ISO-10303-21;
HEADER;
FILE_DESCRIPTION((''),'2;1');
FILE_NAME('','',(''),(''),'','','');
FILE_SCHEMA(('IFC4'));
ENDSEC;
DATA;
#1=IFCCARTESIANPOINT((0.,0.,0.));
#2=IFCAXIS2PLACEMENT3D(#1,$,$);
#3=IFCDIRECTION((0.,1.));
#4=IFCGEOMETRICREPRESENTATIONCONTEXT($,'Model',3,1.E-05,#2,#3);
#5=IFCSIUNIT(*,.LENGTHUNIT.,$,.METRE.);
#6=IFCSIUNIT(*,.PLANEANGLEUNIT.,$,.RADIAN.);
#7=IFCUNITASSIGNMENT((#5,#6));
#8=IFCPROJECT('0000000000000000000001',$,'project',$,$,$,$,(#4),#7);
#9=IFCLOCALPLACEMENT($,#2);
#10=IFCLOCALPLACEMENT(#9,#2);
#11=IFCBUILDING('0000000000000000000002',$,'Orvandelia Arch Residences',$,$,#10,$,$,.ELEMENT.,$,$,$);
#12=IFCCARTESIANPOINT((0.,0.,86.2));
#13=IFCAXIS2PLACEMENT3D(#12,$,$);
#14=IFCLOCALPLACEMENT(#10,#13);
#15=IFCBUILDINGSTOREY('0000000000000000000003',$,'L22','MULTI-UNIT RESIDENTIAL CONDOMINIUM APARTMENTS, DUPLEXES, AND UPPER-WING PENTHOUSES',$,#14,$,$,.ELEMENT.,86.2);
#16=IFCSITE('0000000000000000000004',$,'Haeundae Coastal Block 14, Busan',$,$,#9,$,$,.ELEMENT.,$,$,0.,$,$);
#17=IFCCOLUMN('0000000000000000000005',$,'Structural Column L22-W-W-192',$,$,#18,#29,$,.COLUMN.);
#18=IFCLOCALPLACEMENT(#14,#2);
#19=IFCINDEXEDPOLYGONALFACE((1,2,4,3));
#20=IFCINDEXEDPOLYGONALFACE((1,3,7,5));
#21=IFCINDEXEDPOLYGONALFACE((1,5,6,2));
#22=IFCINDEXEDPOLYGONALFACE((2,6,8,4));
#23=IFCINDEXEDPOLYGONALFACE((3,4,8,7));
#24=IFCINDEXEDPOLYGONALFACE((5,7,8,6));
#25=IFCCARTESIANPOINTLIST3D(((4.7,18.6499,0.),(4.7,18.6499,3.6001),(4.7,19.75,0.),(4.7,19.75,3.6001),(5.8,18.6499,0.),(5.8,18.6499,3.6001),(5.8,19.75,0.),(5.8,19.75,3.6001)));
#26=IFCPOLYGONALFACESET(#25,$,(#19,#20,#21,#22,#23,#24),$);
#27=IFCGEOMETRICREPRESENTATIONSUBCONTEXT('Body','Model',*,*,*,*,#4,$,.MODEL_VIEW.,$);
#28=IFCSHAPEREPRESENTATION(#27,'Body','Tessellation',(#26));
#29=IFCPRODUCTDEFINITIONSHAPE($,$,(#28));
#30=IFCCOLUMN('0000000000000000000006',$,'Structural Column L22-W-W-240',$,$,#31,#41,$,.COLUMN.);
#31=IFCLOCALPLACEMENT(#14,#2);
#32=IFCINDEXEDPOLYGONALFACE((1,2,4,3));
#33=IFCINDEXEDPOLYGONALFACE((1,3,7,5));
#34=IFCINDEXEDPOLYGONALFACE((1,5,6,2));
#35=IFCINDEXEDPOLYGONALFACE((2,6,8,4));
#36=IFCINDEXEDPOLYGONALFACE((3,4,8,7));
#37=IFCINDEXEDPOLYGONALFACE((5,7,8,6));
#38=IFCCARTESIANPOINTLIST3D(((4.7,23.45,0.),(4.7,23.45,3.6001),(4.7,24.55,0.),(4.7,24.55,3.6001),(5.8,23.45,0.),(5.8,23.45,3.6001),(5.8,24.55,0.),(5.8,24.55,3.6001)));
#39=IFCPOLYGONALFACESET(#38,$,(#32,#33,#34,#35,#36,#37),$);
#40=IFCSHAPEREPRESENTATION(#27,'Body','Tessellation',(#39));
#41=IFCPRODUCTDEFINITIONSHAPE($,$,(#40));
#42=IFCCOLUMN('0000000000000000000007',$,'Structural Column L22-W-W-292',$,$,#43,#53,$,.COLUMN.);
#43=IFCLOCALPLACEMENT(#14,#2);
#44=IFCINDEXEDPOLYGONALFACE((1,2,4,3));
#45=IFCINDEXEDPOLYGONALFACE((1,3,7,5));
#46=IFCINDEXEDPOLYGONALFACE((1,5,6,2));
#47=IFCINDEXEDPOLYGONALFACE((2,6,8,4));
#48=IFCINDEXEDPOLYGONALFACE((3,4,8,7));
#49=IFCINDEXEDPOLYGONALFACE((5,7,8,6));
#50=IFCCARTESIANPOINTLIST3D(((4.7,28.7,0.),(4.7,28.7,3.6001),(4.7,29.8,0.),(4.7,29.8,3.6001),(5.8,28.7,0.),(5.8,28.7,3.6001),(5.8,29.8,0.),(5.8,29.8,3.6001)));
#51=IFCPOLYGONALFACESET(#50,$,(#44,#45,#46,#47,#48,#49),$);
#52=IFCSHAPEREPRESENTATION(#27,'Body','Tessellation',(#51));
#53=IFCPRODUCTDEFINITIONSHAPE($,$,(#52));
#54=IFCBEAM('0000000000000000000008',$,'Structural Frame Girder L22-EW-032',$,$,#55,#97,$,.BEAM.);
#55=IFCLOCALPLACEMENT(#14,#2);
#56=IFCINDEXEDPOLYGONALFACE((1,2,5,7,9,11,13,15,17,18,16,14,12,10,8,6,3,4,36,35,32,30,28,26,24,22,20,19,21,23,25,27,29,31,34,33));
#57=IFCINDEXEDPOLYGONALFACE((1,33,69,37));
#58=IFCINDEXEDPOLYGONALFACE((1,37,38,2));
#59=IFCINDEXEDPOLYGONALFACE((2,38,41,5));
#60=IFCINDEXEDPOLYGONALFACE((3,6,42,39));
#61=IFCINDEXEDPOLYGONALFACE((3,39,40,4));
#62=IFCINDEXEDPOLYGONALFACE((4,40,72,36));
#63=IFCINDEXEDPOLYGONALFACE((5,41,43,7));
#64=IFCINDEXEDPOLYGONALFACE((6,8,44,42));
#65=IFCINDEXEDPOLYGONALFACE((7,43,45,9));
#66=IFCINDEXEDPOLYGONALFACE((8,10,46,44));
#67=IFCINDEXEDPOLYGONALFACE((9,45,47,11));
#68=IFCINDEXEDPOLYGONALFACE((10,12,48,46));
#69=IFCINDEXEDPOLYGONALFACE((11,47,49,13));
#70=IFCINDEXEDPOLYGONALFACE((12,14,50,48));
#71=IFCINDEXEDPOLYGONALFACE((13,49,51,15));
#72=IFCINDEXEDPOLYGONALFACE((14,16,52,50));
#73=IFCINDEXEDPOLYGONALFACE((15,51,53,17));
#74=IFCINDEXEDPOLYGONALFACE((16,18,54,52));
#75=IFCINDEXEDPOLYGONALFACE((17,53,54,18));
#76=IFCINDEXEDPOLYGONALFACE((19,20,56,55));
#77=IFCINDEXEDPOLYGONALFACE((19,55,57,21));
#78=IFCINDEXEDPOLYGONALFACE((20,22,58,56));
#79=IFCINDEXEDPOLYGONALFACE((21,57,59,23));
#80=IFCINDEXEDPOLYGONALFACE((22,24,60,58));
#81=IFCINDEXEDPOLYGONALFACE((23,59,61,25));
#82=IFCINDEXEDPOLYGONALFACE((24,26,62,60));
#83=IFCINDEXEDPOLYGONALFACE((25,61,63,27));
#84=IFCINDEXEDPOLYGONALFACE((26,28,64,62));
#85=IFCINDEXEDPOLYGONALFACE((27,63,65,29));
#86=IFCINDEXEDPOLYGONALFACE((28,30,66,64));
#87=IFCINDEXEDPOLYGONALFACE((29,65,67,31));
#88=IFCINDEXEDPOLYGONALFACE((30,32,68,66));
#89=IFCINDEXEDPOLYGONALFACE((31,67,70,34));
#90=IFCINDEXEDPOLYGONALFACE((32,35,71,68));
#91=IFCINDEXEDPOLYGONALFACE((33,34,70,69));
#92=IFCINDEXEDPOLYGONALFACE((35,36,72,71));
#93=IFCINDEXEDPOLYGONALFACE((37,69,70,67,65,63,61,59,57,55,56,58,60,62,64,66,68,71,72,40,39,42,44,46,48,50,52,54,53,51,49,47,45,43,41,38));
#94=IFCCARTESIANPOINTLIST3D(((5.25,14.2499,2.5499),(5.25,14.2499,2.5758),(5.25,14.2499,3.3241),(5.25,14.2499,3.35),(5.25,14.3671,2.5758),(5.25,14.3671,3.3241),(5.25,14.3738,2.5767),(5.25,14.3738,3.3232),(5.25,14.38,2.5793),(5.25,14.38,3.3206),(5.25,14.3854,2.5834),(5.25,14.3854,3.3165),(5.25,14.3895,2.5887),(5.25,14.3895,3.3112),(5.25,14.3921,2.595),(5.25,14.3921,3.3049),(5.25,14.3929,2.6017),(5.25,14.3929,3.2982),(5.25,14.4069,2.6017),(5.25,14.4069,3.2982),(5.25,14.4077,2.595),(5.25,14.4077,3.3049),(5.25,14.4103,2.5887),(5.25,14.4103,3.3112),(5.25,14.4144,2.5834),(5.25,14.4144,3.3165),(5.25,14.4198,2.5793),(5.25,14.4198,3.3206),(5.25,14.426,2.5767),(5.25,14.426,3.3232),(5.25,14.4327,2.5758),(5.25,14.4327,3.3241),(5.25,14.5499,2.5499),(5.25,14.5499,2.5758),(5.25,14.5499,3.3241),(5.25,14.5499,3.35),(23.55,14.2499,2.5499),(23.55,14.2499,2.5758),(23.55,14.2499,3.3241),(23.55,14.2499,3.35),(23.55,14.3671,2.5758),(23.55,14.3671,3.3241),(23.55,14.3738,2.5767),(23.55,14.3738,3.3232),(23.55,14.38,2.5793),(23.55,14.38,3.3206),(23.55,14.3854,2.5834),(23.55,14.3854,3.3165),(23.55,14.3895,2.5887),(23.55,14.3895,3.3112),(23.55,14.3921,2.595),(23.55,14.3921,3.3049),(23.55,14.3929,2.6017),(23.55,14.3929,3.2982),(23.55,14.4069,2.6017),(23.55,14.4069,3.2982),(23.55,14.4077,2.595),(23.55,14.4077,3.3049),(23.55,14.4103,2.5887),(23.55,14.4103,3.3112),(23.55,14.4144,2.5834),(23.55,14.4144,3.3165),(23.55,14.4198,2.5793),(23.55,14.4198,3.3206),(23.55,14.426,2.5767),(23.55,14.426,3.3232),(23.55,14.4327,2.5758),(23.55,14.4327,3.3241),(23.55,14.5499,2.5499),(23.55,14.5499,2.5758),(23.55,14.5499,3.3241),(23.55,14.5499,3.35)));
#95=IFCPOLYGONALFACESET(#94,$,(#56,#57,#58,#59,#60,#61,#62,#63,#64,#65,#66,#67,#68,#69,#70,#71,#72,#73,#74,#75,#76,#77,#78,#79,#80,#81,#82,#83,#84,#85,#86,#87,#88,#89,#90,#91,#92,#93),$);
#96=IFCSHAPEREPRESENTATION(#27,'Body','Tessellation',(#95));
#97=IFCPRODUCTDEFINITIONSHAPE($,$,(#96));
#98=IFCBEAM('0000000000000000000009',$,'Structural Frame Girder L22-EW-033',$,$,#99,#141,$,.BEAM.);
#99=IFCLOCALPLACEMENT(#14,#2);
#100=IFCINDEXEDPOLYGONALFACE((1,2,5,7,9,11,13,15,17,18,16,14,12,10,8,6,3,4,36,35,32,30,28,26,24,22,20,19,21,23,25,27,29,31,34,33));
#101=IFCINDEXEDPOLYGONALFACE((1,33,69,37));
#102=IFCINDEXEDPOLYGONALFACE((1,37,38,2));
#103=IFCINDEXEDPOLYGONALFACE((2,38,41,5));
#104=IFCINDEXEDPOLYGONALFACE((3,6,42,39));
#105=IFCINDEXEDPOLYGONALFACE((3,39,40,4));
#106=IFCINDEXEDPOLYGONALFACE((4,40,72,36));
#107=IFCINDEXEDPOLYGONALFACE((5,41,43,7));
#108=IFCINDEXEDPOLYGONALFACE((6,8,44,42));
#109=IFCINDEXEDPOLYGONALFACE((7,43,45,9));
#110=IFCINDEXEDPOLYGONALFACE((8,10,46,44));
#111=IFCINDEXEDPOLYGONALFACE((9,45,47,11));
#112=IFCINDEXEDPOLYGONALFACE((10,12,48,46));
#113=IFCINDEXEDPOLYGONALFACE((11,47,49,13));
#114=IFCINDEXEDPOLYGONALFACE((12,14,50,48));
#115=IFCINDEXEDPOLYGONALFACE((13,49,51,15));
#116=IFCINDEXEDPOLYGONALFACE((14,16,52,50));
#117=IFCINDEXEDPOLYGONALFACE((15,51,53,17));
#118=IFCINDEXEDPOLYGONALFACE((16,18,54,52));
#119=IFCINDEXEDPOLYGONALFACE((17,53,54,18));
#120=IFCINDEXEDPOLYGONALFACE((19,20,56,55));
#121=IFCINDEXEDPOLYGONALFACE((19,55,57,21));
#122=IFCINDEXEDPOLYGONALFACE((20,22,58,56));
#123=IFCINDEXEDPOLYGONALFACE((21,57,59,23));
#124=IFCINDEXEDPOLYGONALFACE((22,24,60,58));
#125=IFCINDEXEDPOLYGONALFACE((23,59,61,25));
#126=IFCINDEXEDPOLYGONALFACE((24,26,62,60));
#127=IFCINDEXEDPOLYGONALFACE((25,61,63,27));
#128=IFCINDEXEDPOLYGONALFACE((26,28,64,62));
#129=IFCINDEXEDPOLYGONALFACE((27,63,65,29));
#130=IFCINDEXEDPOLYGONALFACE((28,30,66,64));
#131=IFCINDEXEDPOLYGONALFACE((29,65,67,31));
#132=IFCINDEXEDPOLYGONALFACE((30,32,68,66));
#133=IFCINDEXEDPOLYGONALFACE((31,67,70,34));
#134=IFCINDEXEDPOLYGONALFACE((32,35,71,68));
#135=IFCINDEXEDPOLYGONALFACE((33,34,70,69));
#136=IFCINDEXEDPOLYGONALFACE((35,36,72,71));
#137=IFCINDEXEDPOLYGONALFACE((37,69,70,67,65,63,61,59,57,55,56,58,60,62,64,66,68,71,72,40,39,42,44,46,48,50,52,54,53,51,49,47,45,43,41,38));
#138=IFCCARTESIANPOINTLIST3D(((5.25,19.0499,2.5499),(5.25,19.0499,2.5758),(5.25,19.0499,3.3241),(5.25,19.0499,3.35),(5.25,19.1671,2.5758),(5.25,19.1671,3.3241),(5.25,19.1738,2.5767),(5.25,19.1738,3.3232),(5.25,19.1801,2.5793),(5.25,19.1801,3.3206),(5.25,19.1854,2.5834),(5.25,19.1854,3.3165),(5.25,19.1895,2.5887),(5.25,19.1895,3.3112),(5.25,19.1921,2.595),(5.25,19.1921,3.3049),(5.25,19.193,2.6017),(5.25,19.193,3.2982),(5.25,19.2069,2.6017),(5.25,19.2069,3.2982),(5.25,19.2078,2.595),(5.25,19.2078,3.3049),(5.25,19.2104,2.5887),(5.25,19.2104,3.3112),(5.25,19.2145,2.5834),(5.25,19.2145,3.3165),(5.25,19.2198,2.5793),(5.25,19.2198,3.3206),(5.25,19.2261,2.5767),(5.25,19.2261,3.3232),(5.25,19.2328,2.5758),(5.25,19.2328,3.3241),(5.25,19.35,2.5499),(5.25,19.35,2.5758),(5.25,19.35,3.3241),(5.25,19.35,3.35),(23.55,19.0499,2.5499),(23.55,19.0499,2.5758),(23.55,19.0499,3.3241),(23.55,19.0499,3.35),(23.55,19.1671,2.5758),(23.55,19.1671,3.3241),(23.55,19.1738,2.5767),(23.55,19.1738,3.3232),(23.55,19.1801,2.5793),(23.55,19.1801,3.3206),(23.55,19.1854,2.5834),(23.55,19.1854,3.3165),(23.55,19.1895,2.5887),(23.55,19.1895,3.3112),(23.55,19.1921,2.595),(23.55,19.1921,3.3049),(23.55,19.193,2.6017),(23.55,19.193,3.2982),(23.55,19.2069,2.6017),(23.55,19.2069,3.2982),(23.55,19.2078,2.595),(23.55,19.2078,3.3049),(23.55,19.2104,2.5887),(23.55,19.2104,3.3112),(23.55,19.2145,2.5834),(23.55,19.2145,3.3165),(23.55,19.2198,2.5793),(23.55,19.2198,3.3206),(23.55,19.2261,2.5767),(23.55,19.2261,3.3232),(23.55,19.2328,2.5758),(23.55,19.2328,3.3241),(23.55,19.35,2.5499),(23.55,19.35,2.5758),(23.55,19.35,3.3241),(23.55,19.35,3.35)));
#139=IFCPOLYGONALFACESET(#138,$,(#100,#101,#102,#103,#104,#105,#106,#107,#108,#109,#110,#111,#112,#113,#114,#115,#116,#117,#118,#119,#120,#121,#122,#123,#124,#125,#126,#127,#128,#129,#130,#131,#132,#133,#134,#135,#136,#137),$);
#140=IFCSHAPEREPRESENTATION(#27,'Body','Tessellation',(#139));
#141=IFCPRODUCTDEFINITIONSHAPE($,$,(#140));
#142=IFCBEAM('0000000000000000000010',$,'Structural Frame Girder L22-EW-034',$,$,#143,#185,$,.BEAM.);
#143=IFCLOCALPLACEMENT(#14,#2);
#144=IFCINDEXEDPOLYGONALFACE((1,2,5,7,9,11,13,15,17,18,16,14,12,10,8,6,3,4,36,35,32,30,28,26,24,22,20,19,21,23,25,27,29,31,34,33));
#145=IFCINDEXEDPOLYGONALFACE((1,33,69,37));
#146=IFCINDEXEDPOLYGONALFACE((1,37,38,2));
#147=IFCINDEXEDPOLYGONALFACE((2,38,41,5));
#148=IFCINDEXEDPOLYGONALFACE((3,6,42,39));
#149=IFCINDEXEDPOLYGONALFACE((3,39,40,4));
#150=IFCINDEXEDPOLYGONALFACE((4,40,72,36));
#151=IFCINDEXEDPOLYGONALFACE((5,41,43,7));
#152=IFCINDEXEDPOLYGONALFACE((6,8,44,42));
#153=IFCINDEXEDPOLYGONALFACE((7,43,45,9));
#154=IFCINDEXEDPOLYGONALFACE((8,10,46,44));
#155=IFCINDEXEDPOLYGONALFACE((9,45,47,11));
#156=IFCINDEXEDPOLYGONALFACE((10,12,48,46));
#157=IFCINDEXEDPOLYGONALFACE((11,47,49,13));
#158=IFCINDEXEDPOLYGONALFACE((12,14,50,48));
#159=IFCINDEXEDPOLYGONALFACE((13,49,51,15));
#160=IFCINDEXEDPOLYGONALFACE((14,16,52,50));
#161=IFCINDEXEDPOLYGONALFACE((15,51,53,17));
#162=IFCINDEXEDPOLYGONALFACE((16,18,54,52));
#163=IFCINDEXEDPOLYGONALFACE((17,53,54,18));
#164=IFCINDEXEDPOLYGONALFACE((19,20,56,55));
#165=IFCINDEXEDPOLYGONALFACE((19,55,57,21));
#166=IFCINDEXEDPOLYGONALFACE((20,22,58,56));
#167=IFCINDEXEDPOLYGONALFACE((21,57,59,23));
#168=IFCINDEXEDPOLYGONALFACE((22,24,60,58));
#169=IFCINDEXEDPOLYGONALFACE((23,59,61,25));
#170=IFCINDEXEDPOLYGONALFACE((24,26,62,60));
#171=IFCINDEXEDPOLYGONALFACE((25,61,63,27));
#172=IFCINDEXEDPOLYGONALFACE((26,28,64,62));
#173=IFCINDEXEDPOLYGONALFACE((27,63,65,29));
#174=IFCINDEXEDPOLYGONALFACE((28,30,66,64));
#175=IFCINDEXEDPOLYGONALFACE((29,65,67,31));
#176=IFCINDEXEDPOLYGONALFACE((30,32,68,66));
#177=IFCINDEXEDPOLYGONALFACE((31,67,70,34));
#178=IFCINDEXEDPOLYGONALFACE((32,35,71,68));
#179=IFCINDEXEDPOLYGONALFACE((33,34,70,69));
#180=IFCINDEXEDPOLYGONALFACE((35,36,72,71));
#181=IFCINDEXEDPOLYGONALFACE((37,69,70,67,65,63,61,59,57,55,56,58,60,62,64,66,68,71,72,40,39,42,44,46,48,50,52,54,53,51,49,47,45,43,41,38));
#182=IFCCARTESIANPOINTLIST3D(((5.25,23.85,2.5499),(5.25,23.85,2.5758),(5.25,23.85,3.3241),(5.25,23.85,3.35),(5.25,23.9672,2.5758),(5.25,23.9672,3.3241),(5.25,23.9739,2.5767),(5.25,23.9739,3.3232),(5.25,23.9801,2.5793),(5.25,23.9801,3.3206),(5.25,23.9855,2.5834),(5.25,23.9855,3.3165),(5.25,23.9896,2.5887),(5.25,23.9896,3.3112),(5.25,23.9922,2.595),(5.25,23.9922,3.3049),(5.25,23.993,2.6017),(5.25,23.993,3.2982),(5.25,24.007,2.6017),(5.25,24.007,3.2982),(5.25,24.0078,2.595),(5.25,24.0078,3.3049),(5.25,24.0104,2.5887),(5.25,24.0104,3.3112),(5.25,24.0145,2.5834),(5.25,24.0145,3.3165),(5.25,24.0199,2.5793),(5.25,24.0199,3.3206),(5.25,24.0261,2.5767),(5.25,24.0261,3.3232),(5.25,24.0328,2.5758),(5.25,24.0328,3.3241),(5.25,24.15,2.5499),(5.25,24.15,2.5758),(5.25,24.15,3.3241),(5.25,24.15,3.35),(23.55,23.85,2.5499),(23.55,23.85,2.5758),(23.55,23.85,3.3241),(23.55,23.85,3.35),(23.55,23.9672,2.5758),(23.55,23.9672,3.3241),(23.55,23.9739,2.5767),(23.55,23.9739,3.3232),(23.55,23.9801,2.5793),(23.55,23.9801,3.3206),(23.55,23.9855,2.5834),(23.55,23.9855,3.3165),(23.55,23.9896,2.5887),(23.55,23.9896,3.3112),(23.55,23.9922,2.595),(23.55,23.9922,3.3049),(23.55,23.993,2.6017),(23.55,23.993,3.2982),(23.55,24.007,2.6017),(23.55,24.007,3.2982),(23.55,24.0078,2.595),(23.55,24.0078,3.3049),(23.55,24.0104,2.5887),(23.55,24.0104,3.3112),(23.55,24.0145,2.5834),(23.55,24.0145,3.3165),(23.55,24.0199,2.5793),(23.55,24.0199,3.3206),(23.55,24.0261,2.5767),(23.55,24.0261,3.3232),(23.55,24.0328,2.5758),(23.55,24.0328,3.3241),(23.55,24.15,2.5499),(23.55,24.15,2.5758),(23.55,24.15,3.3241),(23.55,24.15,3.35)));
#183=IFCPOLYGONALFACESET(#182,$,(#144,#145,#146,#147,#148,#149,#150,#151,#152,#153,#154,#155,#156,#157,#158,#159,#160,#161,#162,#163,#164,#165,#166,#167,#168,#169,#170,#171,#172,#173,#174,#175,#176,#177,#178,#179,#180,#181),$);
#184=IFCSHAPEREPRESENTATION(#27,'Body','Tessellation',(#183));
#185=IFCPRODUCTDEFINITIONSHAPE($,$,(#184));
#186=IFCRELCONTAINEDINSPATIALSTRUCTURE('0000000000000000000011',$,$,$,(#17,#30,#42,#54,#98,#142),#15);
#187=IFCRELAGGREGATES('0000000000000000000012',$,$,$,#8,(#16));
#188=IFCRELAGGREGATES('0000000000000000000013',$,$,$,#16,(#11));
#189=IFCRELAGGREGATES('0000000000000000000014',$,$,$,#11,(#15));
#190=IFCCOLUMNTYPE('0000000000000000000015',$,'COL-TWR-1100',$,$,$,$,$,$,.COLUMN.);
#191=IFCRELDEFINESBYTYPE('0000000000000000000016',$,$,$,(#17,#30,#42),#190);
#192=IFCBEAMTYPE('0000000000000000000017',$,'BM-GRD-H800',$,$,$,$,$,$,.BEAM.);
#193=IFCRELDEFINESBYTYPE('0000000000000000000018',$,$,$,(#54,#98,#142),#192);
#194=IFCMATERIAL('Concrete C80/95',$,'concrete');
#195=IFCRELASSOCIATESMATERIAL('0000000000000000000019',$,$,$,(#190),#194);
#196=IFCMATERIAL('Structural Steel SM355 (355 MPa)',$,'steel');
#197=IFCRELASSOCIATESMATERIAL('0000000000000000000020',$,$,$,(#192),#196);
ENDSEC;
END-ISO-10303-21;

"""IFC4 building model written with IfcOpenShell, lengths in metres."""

from ifc_helpers import new_model, si_unit, direction, frame, origin, origin_2d, place, context, subcontext, project, spatial, rectangle, i_section, extrude, material, material_profile, profile_set, type_object, element, save


model = new_model("IFC4")

# Units and contexts
model_context = context("Model", 3, precision=1e-05, world=origin(), true_north=direction((0.0, 1.0)))
body_context = subcontext(model_context, "Body", "Model", "MODEL_VIEW")
ifc_project = project(units=[si_unit("LENGTHUNIT", "METRE"), si_unit("PLANEANGLEUNIT", "RADIAN")], contexts=[model_context])

# Site, building, storey
site_placement = place(None, origin())
site = spatial("IfcSite", under=ifc_project, at=site_placement, Name="Haeundae Coastal Block 14, Busan", CompositionType="ELEMENT", RefElevation=0.0)
building_placement = place(site_placement, origin())
building = spatial("IfcBuilding", under=site, at=building_placement, Name="Orvandelia Arch Residences", CompositionType="ELEMENT")
storey_placement = place(building_placement, frame((0.0, 0.0, 86.2)))
storey = spatial("IfcBuildingStorey", under=building, at=storey_placement, Name="L22", Description="MULTI-UNIT RESIDENTIAL CONDOMINIUM APARTMENTS, DUPLEXES, AND UPPER-WING PENTHOUSES", CompositionType="ELEMENT", Elevation=86.2)

# Columns
ifc_material_1 = material(Name="Concrete C80/95", Category="concrete")
ifc_material_profile_1 = material_profile(ifc_material_1, rectangle(XDim=1.1001, YDim=1.1001, at=origin_2d()), Name="Concrete C80/95", Category="concrete")
ifc_profile_set_1 = profile_set([ifc_material_profile_1], Name="Concrete C80/95")
column_type = type_object("IfcColumnType", Name="COL-TWR-1100", PredefinedType="COLUMN", material=ifc_profile_set_1)
for number, where, z_axis, x_axis, name in (
    (1, (5.25, 19.2, 0.0), (0.0, 0.0, 1.0), (1.0, 0.0, 0.0), "Structural Column L22-W-W-192"),
    (2, (5.25, 24.0, 0.0), (0.0, 0.0, 1.0), (1.0, 0.0, 0.0), "Structural Column L22-W-W-240"),
    (3, (5.25, 29.25, 0.0), (0.0, 0.0, 1.0), (1.0, 0.0, 0.0), "Structural Column L22-W-W-292"),
):
    element("IfcColumn", number, at=place(storey_placement, frame(where, z_axis=z_axis, x_axis=x_axis)), inside=storey, type_object=column_type, Name=name, PredefinedType="COLUMN", context=body_context, shape_type="SweptSolid", body=[
        extrude(rectangle(XDim=1.1001, YDim=1.1001, at=origin_2d()), origin(), (0.0, 0.0, 1.0), 3.6001),
    ])

# Beams
ifc_material_2 = material(Name="Structural Steel SM355 (355 MPa)", Category="steel")
ifc_material_profile_2 = material_profile(ifc_material_2, i_section(OverallWidth=0.3, OverallDepth=0.8, WebThickness=0.0139, FlangeThickness=0.0259, FilletRadius=0.0259, at=origin_2d()), Name="Structural Steel SM355 (355 MPa)", Category="steel")
ifc_profile_set_2 = profile_set([ifc_material_profile_2], Name="Structural Steel SM355 (355 MPa)")
beam_type_1 = type_object("IfcBeamType", Name="BM-GRD-H800", PredefinedType="BEAM", material=ifc_profile_set_2)
for number, where, z_axis, x_axis, name in (
    (4, (5.25, 14.3999, 2.95), (1.0, 0.0, 0.0), (0.0, 1.0, 0.0), "Structural Frame Girder L22-EW-032"),
    (5, (5.25, 19.2, 2.95), (1.0, 0.0, 0.0), (0.0, 1.0, 0.0), "Structural Frame Girder L22-EW-033"),
    (6, (5.25, 24.0, 2.95), (1.0, 0.0, 0.0), (0.0, 1.0, 0.0), "Structural Frame Girder L22-EW-034"),
):
    element("IfcBeam", number, at=place(storey_placement, frame(where, z_axis=z_axis, x_axis=x_axis)), inside=storey, type_object=beam_type_1, Name=name, PredefinedType="BEAM", context=body_context, shape_type="SweptSolid", body=[
        extrude(i_section(OverallWidth=0.3, OverallDepth=0.8, WebThickness=0.0139, FlangeThickness=0.0259, FilletRadius=0.0259, at=origin_2d()), origin(), (0.0, 0.0, 1.0), 18.3),
    ])

save(model, "model.ifc")
